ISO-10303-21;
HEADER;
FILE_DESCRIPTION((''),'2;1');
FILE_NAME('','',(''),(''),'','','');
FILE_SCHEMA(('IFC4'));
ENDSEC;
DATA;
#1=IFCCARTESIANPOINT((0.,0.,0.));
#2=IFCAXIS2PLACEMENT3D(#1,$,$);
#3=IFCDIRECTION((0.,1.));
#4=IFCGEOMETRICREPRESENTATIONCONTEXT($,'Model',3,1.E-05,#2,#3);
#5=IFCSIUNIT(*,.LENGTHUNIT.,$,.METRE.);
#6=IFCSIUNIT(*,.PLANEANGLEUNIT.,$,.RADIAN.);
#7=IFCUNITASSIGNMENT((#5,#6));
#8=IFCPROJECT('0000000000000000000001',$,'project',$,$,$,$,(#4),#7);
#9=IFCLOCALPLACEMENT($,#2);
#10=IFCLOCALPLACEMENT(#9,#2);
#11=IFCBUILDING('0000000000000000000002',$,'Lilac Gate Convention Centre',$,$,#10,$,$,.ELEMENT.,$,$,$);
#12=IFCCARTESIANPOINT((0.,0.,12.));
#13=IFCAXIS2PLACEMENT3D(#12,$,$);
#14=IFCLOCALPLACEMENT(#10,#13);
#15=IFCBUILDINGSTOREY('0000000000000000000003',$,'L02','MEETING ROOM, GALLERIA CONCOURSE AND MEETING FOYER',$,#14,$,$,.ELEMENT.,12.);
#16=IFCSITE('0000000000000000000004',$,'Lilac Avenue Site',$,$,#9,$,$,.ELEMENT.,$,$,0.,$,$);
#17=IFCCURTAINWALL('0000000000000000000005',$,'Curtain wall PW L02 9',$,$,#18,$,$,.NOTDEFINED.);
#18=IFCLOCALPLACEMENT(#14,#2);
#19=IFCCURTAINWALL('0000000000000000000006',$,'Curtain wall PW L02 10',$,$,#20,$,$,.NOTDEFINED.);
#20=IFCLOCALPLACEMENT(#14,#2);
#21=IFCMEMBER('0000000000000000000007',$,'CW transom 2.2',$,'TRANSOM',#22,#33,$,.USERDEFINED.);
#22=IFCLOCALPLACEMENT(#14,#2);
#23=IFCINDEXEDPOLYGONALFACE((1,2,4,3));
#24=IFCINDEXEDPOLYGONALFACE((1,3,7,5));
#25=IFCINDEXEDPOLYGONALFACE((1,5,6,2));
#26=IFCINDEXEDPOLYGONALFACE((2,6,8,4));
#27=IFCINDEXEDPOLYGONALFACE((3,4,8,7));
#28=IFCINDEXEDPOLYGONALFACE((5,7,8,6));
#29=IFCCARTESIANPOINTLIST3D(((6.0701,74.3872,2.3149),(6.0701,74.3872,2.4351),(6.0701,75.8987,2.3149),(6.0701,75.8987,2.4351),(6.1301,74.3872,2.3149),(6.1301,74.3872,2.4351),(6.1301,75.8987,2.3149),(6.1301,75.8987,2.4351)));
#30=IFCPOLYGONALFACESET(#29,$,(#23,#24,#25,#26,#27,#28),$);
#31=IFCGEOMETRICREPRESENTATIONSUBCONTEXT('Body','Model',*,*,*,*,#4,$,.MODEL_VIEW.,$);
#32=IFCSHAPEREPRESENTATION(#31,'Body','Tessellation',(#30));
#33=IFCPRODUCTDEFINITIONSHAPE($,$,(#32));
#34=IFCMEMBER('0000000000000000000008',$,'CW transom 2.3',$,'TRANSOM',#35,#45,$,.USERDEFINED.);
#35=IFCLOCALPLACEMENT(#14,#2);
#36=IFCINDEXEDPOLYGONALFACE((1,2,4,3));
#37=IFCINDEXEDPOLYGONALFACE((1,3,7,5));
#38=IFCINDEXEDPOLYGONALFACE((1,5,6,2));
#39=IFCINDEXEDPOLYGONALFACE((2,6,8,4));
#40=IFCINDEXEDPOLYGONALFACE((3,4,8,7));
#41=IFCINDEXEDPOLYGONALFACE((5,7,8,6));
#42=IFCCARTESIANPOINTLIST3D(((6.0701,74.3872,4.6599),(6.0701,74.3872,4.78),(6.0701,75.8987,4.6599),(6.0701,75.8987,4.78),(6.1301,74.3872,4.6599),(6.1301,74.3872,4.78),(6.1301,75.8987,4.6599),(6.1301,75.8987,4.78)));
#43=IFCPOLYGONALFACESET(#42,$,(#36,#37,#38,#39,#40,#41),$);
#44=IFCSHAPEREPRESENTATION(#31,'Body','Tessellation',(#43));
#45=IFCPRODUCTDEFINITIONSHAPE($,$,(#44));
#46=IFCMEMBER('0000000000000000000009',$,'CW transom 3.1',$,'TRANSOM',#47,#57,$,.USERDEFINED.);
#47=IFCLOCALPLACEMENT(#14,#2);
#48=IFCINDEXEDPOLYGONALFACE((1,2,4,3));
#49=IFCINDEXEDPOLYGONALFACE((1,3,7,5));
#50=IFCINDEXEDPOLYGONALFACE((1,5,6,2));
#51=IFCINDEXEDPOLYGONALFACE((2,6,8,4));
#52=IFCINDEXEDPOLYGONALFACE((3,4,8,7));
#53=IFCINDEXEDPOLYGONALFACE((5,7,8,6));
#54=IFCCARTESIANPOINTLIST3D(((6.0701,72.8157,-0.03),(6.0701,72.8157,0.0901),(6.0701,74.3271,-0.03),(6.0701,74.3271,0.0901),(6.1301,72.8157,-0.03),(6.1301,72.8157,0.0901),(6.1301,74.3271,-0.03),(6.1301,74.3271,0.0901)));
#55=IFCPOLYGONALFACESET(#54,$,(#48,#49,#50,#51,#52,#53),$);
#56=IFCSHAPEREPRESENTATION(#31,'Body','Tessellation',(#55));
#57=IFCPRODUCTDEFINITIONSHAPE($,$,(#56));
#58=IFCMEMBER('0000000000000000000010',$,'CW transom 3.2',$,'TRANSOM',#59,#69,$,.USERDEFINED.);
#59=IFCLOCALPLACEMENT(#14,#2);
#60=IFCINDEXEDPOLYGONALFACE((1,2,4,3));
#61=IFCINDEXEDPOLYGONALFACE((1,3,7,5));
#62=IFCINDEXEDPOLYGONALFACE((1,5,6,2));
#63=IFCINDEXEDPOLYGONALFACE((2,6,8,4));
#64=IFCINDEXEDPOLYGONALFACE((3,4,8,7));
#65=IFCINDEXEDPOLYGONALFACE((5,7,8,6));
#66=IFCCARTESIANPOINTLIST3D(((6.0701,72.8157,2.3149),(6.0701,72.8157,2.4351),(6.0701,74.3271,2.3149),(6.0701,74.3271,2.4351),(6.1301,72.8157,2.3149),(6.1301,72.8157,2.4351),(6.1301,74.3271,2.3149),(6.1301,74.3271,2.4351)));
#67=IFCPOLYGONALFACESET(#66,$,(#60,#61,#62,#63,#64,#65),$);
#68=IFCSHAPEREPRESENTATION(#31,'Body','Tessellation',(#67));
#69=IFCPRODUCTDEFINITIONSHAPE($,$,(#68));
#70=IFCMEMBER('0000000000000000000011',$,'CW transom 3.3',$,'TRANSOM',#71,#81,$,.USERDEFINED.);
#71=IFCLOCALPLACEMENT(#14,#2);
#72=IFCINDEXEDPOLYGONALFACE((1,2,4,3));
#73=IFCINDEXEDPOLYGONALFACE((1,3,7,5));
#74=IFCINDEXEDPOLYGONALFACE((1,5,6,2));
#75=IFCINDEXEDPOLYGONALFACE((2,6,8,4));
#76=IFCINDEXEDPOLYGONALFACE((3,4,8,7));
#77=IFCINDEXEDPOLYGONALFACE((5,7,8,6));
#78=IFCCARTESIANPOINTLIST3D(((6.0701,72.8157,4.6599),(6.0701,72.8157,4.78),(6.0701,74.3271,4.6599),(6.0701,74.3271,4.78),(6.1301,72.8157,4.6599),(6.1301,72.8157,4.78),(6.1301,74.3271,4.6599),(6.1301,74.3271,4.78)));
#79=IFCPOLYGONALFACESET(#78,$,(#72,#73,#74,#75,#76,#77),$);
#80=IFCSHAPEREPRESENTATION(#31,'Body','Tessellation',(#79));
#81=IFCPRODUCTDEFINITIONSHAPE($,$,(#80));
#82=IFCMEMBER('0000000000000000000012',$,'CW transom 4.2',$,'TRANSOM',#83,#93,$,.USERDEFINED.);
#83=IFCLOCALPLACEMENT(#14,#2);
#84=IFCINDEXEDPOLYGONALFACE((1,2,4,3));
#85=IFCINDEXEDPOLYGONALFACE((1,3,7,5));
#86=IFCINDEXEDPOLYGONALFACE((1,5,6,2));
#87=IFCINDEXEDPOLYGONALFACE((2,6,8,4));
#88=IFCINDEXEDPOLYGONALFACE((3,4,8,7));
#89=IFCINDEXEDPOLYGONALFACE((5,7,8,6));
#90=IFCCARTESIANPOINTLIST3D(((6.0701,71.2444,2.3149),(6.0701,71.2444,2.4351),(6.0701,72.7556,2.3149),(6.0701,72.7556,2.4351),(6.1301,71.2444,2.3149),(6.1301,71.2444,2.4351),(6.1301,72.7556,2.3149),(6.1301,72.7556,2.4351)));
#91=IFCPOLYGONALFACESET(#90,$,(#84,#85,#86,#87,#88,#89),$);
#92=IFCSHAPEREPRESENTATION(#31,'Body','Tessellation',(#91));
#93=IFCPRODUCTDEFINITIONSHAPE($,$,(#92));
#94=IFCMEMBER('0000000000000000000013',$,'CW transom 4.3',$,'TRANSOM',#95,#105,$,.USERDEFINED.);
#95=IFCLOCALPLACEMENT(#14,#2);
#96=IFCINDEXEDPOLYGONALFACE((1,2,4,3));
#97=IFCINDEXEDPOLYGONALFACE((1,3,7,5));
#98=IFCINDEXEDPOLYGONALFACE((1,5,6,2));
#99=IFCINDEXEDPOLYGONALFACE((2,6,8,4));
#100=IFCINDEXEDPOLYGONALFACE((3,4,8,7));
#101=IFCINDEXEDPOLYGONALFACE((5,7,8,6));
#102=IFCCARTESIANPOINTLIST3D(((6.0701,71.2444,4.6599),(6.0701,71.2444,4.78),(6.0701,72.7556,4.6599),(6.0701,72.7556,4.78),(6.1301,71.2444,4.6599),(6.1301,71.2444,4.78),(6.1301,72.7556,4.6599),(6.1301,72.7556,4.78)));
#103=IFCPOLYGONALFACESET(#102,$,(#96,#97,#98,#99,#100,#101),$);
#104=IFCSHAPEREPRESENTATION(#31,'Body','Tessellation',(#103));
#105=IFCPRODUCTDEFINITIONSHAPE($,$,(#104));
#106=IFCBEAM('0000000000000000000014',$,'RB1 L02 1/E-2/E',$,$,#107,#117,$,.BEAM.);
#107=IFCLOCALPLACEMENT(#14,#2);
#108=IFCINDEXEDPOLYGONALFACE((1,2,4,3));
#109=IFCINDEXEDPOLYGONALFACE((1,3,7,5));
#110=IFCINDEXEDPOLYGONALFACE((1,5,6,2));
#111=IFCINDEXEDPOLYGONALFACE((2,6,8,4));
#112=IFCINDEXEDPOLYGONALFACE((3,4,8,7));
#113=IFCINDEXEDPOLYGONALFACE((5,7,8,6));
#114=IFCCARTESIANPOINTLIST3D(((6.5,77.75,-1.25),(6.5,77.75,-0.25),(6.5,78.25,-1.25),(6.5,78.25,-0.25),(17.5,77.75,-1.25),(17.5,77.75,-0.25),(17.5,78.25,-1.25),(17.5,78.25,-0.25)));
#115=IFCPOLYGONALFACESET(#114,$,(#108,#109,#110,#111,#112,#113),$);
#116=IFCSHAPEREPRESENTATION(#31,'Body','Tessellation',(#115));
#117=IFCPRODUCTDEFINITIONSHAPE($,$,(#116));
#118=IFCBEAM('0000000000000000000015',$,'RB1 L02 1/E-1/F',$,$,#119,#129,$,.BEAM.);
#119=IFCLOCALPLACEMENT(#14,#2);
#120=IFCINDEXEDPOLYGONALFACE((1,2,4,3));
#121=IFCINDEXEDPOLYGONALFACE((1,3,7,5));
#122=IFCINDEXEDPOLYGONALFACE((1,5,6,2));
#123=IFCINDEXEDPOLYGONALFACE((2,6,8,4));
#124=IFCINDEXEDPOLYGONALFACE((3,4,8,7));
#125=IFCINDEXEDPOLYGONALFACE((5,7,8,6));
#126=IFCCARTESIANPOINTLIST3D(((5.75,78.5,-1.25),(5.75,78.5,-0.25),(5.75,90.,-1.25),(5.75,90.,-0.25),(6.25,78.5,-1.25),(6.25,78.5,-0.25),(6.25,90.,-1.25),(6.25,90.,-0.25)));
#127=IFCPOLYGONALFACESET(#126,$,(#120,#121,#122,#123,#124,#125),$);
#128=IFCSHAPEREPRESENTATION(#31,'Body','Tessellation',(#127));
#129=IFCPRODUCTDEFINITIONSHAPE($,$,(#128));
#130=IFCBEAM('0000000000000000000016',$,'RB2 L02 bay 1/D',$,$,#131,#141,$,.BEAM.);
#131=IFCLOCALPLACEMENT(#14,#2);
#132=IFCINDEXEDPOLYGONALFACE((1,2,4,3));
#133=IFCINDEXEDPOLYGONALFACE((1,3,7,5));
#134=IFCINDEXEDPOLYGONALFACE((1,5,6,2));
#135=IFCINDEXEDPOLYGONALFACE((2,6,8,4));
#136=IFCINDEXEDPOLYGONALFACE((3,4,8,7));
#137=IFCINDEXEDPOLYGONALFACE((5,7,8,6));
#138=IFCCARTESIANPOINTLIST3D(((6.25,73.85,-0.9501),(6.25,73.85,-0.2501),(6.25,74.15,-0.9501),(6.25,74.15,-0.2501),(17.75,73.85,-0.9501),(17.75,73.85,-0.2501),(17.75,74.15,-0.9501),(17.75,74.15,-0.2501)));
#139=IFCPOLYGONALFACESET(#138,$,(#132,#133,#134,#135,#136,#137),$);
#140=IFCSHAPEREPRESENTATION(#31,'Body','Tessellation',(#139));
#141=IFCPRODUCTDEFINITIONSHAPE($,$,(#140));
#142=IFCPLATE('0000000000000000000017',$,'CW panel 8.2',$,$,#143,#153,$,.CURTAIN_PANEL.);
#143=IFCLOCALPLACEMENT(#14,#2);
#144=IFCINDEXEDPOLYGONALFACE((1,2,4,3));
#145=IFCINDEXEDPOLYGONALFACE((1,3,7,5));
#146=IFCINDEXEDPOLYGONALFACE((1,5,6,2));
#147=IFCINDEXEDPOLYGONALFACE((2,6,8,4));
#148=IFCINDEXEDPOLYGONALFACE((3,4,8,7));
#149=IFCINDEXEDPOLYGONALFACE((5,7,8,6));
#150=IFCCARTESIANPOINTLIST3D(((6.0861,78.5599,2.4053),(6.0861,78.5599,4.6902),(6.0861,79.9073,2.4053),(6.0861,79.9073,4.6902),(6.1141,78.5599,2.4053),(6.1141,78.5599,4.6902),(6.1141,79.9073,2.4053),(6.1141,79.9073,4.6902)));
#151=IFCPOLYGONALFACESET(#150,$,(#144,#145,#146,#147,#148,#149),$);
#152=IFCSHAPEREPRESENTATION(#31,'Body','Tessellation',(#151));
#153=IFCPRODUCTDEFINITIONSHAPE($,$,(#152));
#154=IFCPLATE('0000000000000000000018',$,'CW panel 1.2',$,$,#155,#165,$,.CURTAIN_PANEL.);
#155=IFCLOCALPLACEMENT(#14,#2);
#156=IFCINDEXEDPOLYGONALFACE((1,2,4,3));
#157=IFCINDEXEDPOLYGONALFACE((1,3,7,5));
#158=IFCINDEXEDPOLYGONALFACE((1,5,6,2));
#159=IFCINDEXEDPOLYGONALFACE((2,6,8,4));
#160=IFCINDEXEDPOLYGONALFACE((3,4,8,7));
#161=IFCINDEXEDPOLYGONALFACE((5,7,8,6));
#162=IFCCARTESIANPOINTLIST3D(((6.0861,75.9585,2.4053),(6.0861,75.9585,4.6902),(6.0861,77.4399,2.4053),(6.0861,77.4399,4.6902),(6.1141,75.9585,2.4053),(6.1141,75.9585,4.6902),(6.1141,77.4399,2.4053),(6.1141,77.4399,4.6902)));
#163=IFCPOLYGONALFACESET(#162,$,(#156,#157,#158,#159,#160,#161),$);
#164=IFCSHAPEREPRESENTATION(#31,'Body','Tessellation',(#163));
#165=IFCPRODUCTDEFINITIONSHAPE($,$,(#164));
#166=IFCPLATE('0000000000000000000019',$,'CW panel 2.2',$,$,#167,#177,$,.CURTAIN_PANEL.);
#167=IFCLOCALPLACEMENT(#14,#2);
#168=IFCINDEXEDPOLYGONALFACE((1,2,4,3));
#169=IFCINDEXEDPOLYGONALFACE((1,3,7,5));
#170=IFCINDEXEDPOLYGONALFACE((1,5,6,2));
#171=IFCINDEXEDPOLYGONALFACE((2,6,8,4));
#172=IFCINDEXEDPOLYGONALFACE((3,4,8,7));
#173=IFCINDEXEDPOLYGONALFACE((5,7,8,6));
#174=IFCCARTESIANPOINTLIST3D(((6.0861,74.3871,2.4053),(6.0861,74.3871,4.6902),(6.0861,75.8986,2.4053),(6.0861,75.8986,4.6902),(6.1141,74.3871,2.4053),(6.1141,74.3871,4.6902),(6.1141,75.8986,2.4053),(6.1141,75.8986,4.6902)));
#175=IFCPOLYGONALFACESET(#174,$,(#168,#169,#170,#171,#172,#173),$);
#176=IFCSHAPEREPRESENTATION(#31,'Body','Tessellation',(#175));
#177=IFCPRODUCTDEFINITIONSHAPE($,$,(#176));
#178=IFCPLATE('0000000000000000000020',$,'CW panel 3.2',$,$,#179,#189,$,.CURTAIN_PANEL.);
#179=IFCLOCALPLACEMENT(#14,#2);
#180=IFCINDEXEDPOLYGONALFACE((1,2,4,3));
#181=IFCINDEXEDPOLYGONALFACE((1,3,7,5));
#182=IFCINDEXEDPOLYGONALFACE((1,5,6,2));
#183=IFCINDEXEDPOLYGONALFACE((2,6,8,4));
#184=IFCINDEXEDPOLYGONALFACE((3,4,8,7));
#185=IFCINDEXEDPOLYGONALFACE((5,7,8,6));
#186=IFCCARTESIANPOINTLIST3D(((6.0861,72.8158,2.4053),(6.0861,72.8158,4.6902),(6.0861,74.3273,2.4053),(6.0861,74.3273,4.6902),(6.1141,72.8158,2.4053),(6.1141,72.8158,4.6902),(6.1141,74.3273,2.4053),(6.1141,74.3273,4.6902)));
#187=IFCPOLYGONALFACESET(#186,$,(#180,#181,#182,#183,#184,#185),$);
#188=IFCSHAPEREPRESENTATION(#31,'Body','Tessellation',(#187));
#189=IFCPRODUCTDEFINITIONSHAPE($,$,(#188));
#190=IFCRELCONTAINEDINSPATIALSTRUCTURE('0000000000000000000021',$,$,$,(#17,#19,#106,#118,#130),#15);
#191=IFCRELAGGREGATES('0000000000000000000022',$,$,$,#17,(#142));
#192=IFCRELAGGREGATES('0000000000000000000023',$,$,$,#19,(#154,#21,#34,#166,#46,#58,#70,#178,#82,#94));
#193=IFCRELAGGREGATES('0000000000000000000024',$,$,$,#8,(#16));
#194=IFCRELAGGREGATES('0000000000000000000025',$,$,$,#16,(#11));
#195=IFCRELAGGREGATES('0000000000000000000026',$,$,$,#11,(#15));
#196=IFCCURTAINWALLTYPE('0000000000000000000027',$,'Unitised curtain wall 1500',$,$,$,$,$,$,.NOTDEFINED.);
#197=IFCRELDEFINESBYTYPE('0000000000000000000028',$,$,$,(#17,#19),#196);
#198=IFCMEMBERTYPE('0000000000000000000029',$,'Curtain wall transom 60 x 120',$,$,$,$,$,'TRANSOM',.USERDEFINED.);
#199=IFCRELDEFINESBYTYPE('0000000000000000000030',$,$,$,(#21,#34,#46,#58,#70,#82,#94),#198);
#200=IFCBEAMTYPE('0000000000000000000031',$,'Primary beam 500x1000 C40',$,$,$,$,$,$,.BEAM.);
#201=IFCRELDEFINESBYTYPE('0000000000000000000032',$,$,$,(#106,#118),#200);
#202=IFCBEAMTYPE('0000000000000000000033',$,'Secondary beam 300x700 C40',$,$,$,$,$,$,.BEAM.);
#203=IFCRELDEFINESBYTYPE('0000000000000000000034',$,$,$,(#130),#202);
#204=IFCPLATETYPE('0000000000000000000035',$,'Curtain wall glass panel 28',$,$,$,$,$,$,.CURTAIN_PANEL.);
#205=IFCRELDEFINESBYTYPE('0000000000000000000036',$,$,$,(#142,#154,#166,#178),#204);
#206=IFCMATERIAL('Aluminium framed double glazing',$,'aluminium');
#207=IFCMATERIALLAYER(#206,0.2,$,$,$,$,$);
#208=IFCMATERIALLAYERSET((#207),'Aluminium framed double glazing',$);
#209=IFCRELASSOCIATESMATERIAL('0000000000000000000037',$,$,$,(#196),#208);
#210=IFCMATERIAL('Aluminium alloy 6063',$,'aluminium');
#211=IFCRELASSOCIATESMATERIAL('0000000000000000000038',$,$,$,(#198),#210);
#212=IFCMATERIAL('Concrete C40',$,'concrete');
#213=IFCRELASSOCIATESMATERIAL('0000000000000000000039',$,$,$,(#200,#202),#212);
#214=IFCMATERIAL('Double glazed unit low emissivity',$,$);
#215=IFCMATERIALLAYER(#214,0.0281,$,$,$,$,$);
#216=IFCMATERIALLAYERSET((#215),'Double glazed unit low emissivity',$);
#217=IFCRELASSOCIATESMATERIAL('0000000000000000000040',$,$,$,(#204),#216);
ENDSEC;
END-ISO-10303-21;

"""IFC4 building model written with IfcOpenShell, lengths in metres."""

from ifc_helpers import new_model, si_unit, direction, frame, origin, origin_2d, place, context, subcontext, project, spatial, rectangle, extrude, material, layer, layer_set, material_profile, profile_set, type_object, element, aggregate, save


model = new_model("IFC4")

# Units and contexts
model_context = context("Model", 3, precision=1e-05, world=origin(), true_north=direction((0.0, 1.0)))
body_context = subcontext(model_context, "Body", "Model", "MODEL_VIEW")
ifc_project = project(units=[si_unit("LENGTHUNIT", "METRE"), si_unit("PLANEANGLEUNIT", "RADIAN")], contexts=[model_context])

# Site, building, storey
site_placement = place(None, origin())
site = spatial("IfcSite", under=ifc_project, at=site_placement, Name="Lilac Avenue Site", CompositionType="ELEMENT", RefElevation=0.0)
building_placement = place(site_placement, origin())
building = spatial("IfcBuilding", under=site, at=building_placement, Name="Lilac Gate Convention Centre", CompositionType="ELEMENT")
storey_placement = place(building_placement, frame((0.0, 0.0, 12.0)))
storey = spatial("IfcBuildingStorey", under=building, at=storey_placement, Name="L02", Description="MEETING ROOM, GALLERIA CONCOURSE AND MEETING FOYER", CompositionType="ELEMENT", Elevation=12.0)

# Shared definitions
ifc_material_1 = material(Name="Concrete C40", Category="concrete")

# Curtain walls
ifc_material_2 = material(Name="Aluminium framed double glazing", Category="aluminium")
ifc_layer_1 = layer(ifc_material_2, 0.2)
ifc_layer_set_1 = layer_set([ifc_layer_1], Name="Aluminium framed double glazing")
curtain_wall_type = type_object("IfcCurtainWallType", Name="Unitised curtain wall 1500", PredefinedType="NOTDEFINED", material=ifc_layer_set_1)
curtain_wall_1_placement = place(storey_placement, origin())
curtain_wall_1 = element("IfcCurtainWall", 1, at=curtain_wall_1_placement, inside=storey, type_object=curtain_wall_type, Name="Curtain wall PW L02 9", PredefinedType="NOTDEFINED")
ifc_material_3 = material(Name="Aluminium alloy 6063", Category="aluminium")
curtain_wall_2_placement = place(storey_placement, origin())
curtain_wall_2 = element("IfcCurtainWall", 2, at=curtain_wall_2_placement, inside=storey, type_object=curtain_wall_type, Name="Curtain wall PW L02 10", PredefinedType="NOTDEFINED")

# Members
ifc_material_profile_1 = material_profile(ifc_material_3, rectangle(XDim=0.0601, YDim=0.1201, at=origin_2d()), Name="Curtain wall transom 60 x 120")
ifc_profile_set_1 = profile_set([ifc_material_profile_1], Name="Aluminium alloy 6063")
member_type_1 = type_object("IfcMemberType", Name="Curtain wall transom 60 x 120", ElementType="TRANSOM", PredefinedType="USERDEFINED", material=ifc_profile_set_1)
member_1_placement = place(storey_placement, frame((6.1001, 75.8987, 2.375), z_axis=(0.0, -1.0, 0.0), x_axis=(1.0, 0.0, 0.0)))
member_1 = element("IfcMember", 3, at=member_1_placement, type_object=member_type_1, Name="CW transom 2.2", ObjectType="TRANSOM", PredefinedType="USERDEFINED", context=body_context, shape_type="SweptSolid", body=[
    extrude(rectangle(XDim=0.0601, YDim=0.1201, at=origin_2d()), origin(), (0.0, 0.0, 1.0), 1.5115),
])
member_2_placement = place(storey_placement, frame((6.1001, 75.8987, 4.72), z_axis=(0.0, -1.0, 0.0), x_axis=(1.0, 0.0, 0.0)))
member_2 = element("IfcMember", 4, at=member_2_placement, type_object=member_type_1, Name="CW transom 2.3", ObjectType="TRANSOM", PredefinedType="USERDEFINED", context=body_context, shape_type="SweptSolid", body=[
    extrude(rectangle(XDim=0.0601, YDim=0.1201, at=origin_2d()), origin(), (0.0, 0.0, 1.0), 1.5115),
])
member_3_placement = place(storey_placement, frame((6.1001, 74.3271, 0.03), z_axis=(0.0, -1.0, 0.0), x_axis=(1.0, 0.0, 0.0)))
member_3 = element("IfcMember", 5, at=member_3_placement, type_object=member_type_1, Name="CW transom 3.1", ObjectType="TRANSOM", PredefinedType="USERDEFINED", context=body_context, shape_type="SweptSolid", body=[
    extrude(rectangle(XDim=0.0601, YDim=0.1201, at=origin_2d()), origin(), (0.0, 0.0, 1.0), 1.5115),
])
member_4_placement = place(storey_placement, frame((6.1001, 74.3271, 2.375), z_axis=(0.0, -1.0, 0.0), x_axis=(1.0, 0.0, 0.0)))
member_4 = element("IfcMember", 6, at=member_4_placement, type_object=member_type_1, Name="CW transom 3.2", ObjectType="TRANSOM", PredefinedType="USERDEFINED", context=body_context, shape_type="SweptSolid", body=[
    extrude(rectangle(XDim=0.0601, YDim=0.1201, at=origin_2d()), origin(), (0.0, 0.0, 1.0), 1.5115),
])
member_5_placement = place(storey_placement, frame((6.1001, 74.3271, 4.72), z_axis=(0.0, -1.0, 0.0), x_axis=(1.0, 0.0, 0.0)))
member_5 = element("IfcMember", 7, at=member_5_placement, type_object=member_type_1, Name="CW transom 3.3", ObjectType="TRANSOM", PredefinedType="USERDEFINED", context=body_context, shape_type="SweptSolid", body=[
    extrude(rectangle(XDim=0.0601, YDim=0.1201, at=origin_2d()), origin(), (0.0, 0.0, 1.0), 1.5115),
])
member_6_placement = place(storey_placement, frame((6.1001, 72.7556, 2.375), z_axis=(0.0, -1.0, 0.0), x_axis=(1.0, 0.0, 0.0)))
member_6 = element("IfcMember", 8, at=member_6_placement, type_object=member_type_1, Name="CW transom 4.2", ObjectType="TRANSOM", PredefinedType="USERDEFINED", context=body_context, shape_type="SweptSolid", body=[
    extrude(rectangle(XDim=0.0601, YDim=0.1201, at=origin_2d()), origin(), (0.0, 0.0, 1.0), 1.5112),
])
member_7_placement = place(storey_placement, frame((6.1001, 72.7556, 4.72), z_axis=(0.0, -1.0, 0.0), x_axis=(1.0, 0.0, 0.0)))
member_7 = element("IfcMember", 9, at=member_7_placement, type_object=member_type_1, Name="CW transom 4.3", ObjectType="TRANSOM", PredefinedType="USERDEFINED", context=body_context, shape_type="SweptSolid", body=[
    extrude(rectangle(XDim=0.0601, YDim=0.1201, at=origin_2d()), origin(), (0.0, 0.0, 1.0), 1.5112),
])

# Beams
ifc_material_profile_2 = material_profile(ifc_material_1, rectangle(XDim=0.5, YDim=1.0, at=origin_2d()), Name="RC 500x1000")
ifc_profile_set_2 = profile_set([ifc_material_profile_2], Name="Concrete C40")
beam_type_1 = type_object("IfcBeamType", Name="Primary beam 500x1000 C40", PredefinedType="BEAM", material=ifc_profile_set_2)
beam_1_placement = place(storey_placement, frame((6.5, 78.0, -0.75), z_axis=(1.0, 0.0, 0.0), x_axis=(0.0, 1.0, 0.0)))
element("IfcBeam", 10, at=beam_1_placement, inside=storey, type_object=beam_type_1, Name="RB1 L02 1/E-2/E", PredefinedType="BEAM", context=body_context, shape_type="SweptSolid", body=[
    extrude(rectangle(XDim=0.5, YDim=1.0, at=origin_2d()), origin(), (0.0, 0.0, 1.0), 11.0),
])
beam_2_placement = place(storey_placement, frame((6.0, 78.5, -0.75), z_axis=(0.0, 1.0, 0.0), x_axis=(-1.0, 0.0, 0.0)))
element("IfcBeam", 11, at=beam_2_placement, inside=storey, type_object=beam_type_1, Name="RB1 L02 1/E-1/F", PredefinedType="BEAM", context=body_context, shape_type="SweptSolid", body=[
    extrude(rectangle(XDim=0.5, YDim=1.0, at=origin_2d()), origin(), (0.0, 0.0, 1.0), 11.5),
])
ifc_material_profile_3 = material_profile(ifc_material_1, rectangle(XDim=0.3, YDim=0.7, at=origin_2d()), Name="RC 300x700")
ifc_profile_set_3 = profile_set([ifc_material_profile_3], Name="Concrete C40")
beam_type_2 = type_object("IfcBeamType", Name="Secondary beam 300x700 C40", PredefinedType="BEAM", material=ifc_profile_set_3)
beam_3_placement = place(storey_placement, frame((6.25, 74.0, -0.6001), z_axis=(1.0, 0.0, 0.0), x_axis=(0.0, 1.0, 0.0)))
element("IfcBeam", 12, at=beam_3_placement, inside=storey, type_object=beam_type_2, Name="RB2 L02 bay 1/D", PredefinedType="BEAM", context=body_context, shape_type="SweptSolid", body=[
    extrude(rectangle(XDim=0.3, YDim=0.7, at=origin_2d()), origin(), (0.0, 0.0, 1.0), 11.5),
])

# Plates
ifc_material_4 = material(Name="Double glazed unit low emissivity")
ifc_layer_2 = layer(ifc_material_4, 0.0281)
ifc_layer_set_2 = layer_set([ifc_layer_2], Name="Double glazed unit low emissivity")
plate_type_1 = type_object("IfcPlateType", Name="Curtain wall glass panel 28", PredefinedType="CURTAIN_PANEL", material=ifc_layer_set_2)
plate_1_placement = place(storey_placement, frame((6.1001, 79.2336, 2.4053), z_axis=(0.0, 0.0, 1.0), x_axis=(0.0, -1.0, 0.0)))
plate_1 = element("IfcPlate", 13, at=plate_1_placement, type_object=plate_type_1, Name="CW panel 8.2", PredefinedType="CURTAIN_PANEL", context=body_context, shape_type="SweptSolid", body=[
    extrude(rectangle(XDim=1.3474, YDim=0.0281, at=origin_2d()), origin(), (0.0, 0.0, 1.0), 2.2849),
])
plate_2_placement = place(storey_placement, frame((6.1001, 76.6992, 2.4053), z_axis=(0.0, 0.0, 1.0), x_axis=(0.0, -1.0, 0.0)))
plate_2 = element("IfcPlate", 14, at=plate_2_placement, type_object=plate_type_1, Name="CW panel 1.2", PredefinedType="CURTAIN_PANEL", context=body_context, shape_type="SweptSolid", body=[
    extrude(rectangle(XDim=1.4814, YDim=0.0281, at=origin_2d()), origin(), (0.0, 0.0, 1.0), 2.2849),
])
plate_3_placement = place(storey_placement, frame((6.1001, 75.1428, 2.4053), z_axis=(0.0, 0.0, 1.0), x_axis=(0.0, -1.0, 0.0)))
plate_3 = element("IfcPlate", 15, at=plate_3_placement, type_object=plate_type_1, Name="CW panel 2.2", PredefinedType="CURTAIN_PANEL", context=body_context, shape_type="SweptSolid", body=[
    extrude(rectangle(XDim=1.5115, YDim=0.0281, at=origin_2d()), origin(), (0.0, 0.0, 1.0), 2.2849),
])
plate_4_placement = place(storey_placement, frame((6.1001, 73.5715, 2.4053), z_axis=(0.0, 0.0, 1.0), x_axis=(0.0, -1.0, 0.0)))
plate_4 = element("IfcPlate", 16, at=plate_4_placement, type_object=plate_type_1, Name="CW panel 3.2", PredefinedType="CURTAIN_PANEL", context=body_context, shape_type="SweptSolid", body=[
    extrude(rectangle(XDim=1.5115, YDim=0.0281, at=origin_2d()), origin(), (0.0, 0.0, 1.0), 2.2849),
])
aggregate(curtain_wall_1, [plate_1])
aggregate(curtain_wall_2, [plate_2, member_1, member_2, plate_3, member_3, member_4, member_5, plate_4, member_6, member_7])

save(model, "model.ifc")
